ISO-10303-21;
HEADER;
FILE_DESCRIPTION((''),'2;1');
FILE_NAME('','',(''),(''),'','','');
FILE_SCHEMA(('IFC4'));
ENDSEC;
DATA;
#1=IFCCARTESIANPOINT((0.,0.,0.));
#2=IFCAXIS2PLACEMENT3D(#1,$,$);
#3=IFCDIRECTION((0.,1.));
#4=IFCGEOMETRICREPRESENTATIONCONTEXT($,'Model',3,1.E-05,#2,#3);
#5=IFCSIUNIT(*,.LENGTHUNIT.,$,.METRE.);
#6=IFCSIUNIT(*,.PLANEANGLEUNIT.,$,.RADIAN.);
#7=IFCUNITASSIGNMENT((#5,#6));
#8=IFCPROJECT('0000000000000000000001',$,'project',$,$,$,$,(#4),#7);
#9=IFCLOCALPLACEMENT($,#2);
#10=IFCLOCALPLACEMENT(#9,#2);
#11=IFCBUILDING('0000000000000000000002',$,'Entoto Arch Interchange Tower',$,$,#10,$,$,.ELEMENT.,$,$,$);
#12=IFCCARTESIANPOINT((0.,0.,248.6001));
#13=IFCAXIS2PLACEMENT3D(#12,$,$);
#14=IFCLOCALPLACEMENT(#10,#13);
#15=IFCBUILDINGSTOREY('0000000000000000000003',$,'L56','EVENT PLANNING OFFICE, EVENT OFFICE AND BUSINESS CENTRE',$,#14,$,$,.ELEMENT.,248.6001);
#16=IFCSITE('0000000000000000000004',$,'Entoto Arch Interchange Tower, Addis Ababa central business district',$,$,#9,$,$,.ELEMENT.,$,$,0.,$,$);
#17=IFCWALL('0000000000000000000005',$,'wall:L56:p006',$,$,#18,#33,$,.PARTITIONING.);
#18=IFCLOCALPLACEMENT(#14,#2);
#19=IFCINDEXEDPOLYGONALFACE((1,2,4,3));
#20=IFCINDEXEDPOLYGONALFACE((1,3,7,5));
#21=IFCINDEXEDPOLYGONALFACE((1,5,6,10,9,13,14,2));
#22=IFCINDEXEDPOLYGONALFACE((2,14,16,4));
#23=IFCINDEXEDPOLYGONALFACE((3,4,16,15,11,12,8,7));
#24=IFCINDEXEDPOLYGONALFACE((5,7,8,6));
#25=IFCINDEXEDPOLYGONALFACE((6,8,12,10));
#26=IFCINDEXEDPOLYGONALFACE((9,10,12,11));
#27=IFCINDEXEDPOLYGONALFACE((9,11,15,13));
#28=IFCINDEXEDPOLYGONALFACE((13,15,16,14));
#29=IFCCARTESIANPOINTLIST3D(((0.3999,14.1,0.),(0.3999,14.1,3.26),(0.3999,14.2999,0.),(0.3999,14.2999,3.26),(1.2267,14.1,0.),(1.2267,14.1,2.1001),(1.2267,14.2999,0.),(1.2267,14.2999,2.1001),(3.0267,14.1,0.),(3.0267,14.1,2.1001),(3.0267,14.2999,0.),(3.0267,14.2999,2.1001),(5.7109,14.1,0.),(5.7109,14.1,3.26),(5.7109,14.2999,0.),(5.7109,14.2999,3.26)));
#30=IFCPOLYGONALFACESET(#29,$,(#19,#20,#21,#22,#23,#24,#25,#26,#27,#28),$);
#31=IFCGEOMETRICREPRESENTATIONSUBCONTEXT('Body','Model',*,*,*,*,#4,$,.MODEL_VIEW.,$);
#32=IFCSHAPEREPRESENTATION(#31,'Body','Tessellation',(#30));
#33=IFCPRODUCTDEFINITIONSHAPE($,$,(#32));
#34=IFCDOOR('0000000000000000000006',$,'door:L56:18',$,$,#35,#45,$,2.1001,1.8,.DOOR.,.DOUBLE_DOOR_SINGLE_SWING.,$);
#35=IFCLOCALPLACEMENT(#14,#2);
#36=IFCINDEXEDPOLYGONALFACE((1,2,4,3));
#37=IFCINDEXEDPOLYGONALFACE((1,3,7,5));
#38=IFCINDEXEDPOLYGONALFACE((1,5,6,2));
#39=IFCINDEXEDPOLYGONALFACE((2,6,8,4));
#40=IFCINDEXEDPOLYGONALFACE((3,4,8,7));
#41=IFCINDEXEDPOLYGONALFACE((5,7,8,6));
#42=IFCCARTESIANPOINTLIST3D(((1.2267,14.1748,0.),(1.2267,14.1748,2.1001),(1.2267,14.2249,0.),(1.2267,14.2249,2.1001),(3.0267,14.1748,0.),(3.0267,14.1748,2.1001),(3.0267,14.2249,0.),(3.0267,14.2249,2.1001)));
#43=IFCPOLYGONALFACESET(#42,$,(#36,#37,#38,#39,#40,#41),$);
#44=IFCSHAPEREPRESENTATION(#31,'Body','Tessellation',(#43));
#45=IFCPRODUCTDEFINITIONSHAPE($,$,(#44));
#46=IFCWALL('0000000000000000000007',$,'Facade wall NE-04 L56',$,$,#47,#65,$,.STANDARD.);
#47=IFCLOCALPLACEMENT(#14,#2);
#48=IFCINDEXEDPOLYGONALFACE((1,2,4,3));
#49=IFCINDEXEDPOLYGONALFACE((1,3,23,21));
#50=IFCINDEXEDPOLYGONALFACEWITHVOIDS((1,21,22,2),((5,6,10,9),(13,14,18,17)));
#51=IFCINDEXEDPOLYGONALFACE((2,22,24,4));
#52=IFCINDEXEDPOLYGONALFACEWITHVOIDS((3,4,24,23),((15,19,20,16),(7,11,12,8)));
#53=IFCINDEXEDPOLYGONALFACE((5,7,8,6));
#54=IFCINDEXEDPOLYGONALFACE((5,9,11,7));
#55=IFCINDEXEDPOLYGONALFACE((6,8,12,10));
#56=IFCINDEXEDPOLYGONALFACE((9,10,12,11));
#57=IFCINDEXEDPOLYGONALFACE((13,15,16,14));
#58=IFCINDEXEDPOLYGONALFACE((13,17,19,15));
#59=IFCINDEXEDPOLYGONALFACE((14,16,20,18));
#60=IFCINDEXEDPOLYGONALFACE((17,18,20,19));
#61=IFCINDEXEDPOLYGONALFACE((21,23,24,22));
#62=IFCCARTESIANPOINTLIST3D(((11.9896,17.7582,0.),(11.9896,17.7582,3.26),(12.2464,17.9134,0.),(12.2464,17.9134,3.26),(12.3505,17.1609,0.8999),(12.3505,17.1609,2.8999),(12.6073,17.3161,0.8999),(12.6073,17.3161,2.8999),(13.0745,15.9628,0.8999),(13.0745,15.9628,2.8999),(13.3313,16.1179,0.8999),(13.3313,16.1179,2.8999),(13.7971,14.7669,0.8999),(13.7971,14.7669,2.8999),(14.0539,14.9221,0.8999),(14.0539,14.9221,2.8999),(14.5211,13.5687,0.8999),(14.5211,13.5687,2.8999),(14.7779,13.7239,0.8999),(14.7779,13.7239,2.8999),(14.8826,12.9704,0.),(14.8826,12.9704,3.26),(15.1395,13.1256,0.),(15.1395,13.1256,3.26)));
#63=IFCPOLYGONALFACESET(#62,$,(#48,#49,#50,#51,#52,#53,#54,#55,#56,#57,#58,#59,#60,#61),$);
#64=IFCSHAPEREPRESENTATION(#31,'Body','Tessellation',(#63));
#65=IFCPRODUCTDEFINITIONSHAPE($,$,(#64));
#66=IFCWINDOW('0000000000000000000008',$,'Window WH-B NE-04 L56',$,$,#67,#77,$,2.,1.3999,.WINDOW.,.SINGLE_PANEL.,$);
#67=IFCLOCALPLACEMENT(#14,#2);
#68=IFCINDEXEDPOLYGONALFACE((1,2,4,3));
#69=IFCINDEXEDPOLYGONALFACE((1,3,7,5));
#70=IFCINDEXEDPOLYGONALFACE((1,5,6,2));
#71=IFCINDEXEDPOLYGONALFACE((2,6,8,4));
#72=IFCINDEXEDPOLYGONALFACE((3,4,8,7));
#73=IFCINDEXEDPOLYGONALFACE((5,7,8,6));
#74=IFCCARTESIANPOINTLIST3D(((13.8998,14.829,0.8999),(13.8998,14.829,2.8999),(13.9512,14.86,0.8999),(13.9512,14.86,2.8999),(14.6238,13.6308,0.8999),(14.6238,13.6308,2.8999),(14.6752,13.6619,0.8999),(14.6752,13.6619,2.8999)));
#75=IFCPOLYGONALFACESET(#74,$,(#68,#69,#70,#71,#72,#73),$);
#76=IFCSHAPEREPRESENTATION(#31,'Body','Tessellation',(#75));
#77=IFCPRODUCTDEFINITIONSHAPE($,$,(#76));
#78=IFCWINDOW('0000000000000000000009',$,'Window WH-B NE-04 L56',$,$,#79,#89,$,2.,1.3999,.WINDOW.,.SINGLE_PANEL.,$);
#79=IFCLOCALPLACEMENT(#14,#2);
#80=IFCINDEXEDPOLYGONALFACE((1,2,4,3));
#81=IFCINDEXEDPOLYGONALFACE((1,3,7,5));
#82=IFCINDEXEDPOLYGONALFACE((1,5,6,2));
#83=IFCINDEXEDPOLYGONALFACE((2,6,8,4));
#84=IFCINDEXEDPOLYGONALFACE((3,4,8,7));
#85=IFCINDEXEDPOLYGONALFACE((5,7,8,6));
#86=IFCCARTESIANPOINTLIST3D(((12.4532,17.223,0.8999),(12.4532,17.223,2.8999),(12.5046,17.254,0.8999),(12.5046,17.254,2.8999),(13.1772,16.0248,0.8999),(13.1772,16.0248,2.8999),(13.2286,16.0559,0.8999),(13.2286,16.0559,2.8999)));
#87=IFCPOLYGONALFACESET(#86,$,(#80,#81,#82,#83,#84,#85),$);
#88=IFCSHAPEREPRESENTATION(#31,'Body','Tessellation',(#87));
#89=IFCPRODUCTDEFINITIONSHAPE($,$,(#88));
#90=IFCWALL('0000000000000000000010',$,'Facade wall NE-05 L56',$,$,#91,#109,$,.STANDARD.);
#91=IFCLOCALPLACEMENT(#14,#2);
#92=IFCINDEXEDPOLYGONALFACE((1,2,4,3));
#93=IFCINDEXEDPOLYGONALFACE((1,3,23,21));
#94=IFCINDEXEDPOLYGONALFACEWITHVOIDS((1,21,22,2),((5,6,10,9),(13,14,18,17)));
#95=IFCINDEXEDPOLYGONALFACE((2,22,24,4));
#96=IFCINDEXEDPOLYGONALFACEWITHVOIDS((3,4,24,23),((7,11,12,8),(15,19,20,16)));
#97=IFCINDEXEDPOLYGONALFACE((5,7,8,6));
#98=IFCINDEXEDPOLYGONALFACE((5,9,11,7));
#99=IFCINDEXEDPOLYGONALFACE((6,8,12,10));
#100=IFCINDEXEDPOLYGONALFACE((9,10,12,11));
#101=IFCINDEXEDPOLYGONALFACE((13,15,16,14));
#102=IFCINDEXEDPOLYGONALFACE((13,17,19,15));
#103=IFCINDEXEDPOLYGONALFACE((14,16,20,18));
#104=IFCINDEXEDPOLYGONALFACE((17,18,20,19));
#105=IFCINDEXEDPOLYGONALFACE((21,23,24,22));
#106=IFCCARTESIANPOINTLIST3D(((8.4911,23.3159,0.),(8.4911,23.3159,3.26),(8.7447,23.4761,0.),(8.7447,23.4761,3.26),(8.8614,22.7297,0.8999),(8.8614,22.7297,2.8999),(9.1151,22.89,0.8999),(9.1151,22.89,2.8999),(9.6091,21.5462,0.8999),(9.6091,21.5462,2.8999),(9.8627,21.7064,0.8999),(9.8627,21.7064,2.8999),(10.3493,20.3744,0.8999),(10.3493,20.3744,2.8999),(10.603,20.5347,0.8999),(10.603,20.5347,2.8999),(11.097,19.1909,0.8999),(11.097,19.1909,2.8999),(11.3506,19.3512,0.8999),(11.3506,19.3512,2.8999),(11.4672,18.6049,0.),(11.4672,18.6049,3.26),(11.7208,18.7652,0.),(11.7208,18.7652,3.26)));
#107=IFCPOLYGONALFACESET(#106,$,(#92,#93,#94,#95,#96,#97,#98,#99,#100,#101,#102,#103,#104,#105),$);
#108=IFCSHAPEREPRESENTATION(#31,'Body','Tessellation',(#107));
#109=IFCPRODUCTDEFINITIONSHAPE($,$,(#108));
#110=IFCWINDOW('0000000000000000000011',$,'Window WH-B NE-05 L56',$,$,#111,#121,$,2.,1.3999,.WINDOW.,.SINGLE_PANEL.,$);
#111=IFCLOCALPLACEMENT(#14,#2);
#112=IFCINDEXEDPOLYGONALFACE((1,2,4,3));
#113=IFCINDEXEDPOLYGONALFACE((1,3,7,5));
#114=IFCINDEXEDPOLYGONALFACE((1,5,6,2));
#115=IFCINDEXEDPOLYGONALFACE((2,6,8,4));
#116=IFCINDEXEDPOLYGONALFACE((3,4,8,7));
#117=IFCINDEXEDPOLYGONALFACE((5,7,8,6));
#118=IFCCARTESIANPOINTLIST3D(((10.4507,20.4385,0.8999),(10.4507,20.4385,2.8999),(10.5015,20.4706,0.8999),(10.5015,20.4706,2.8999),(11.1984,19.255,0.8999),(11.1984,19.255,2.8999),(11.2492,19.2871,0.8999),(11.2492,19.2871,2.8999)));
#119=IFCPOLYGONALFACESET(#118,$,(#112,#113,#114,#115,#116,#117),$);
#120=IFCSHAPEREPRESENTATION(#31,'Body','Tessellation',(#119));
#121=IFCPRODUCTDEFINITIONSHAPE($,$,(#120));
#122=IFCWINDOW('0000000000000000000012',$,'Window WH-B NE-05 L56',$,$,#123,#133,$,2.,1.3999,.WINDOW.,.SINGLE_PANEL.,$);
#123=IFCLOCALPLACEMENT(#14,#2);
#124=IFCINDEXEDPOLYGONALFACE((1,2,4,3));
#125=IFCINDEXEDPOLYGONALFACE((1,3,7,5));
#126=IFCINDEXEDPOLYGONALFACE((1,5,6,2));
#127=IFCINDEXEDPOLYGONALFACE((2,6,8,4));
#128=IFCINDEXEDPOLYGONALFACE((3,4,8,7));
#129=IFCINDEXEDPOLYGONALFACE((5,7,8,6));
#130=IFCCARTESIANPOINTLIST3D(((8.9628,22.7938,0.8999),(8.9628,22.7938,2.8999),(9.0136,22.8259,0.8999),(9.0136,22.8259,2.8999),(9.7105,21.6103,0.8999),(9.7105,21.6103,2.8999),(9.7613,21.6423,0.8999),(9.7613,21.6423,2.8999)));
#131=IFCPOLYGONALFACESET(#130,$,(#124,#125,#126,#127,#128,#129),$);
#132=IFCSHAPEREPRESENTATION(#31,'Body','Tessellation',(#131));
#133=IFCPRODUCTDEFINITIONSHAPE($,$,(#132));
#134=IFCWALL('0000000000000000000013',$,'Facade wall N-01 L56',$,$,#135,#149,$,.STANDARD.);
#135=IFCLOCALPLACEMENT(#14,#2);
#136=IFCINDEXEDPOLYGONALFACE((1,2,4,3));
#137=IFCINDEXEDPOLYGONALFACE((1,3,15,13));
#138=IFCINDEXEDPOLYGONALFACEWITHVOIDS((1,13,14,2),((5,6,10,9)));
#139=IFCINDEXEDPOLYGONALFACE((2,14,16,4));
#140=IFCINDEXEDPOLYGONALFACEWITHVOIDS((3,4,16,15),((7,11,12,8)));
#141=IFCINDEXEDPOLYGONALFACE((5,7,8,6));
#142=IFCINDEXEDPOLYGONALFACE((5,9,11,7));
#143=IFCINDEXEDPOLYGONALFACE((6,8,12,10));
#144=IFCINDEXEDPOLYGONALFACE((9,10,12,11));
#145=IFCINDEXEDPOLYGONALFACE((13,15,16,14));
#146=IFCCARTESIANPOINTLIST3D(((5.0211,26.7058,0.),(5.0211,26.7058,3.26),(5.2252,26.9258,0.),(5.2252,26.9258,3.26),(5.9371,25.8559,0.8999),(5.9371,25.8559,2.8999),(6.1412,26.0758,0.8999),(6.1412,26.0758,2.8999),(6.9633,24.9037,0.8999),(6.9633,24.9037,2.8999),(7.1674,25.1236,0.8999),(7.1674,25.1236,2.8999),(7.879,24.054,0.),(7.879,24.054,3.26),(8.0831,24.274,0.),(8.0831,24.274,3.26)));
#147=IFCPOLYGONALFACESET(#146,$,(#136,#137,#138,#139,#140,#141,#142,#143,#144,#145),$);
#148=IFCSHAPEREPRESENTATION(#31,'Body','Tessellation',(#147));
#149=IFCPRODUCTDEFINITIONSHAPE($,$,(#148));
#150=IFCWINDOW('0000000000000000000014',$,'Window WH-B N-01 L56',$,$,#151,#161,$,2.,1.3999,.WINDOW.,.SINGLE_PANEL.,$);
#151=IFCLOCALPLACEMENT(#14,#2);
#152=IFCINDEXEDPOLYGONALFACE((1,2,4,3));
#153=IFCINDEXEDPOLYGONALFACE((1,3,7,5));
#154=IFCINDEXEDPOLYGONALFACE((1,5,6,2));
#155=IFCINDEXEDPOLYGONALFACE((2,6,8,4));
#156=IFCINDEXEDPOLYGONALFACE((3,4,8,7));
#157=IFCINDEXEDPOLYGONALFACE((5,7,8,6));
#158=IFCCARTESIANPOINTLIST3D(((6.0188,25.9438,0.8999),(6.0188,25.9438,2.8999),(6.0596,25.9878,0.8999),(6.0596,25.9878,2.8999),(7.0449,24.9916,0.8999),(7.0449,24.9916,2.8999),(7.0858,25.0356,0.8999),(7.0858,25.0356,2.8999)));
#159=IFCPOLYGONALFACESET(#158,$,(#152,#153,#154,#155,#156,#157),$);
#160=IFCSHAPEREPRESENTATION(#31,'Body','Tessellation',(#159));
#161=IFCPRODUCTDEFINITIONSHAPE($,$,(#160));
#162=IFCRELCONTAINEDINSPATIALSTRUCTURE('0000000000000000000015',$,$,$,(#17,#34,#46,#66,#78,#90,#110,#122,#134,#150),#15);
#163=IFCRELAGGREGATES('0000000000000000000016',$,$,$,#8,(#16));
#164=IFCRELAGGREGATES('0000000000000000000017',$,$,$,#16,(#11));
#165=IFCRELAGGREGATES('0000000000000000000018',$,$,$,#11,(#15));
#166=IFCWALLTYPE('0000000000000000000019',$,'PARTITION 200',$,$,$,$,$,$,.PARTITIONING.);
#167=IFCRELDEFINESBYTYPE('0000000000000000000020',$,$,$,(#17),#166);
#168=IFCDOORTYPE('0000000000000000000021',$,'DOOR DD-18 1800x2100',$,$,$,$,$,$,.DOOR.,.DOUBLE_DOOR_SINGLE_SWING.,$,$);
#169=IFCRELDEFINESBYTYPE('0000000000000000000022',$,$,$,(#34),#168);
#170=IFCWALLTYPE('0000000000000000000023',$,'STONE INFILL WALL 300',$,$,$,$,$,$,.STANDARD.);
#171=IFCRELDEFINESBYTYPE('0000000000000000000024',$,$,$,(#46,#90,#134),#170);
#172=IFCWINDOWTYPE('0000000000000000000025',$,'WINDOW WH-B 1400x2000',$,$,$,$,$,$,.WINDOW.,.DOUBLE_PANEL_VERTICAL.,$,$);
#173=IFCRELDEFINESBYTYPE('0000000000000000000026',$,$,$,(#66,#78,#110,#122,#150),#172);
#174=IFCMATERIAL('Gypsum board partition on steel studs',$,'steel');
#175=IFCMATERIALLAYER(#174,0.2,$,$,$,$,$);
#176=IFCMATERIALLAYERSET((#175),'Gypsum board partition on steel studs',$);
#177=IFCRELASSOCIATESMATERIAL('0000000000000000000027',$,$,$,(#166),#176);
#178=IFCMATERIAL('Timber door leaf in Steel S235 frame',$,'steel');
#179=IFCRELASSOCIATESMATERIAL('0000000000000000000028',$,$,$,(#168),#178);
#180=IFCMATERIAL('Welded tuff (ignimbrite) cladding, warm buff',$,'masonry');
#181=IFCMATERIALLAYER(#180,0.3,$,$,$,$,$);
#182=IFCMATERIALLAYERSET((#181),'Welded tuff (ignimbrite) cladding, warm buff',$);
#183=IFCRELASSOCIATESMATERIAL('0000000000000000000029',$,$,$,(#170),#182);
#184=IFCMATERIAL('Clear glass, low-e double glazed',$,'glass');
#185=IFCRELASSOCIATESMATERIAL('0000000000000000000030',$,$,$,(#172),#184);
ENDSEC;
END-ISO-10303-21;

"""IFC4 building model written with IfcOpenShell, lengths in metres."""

from ifc_helpers import new_model, si_unit, direction, frame, frame_2d, origin, place, context, subcontext, project, spatial, rectangle, extrude, material, layer, layer_set, type_object, element, fill, save


model = new_model("IFC4")

# Units and contexts
model_context = context("Model", 3, precision=1e-05, world=origin(), true_north=direction((0.0, 1.0)))
body_context = subcontext(model_context, "Body", "Model", "MODEL_VIEW")
ifc_project = project(units=[si_unit("LENGTHUNIT", "METRE"), si_unit("PLANEANGLEUNIT", "RADIAN")], contexts=[model_context])

# Site, building, storey
site_placement = place(None, origin())
site = spatial("IfcSite", under=ifc_project, at=site_placement, Name="Entoto Arch Interchange Tower, Addis Ababa central business district", CompositionType="ELEMENT", RefElevation=0.0)
building_placement = place(site_placement, origin())
building = spatial("IfcBuilding", under=site, at=building_placement, Name="Entoto Arch Interchange Tower", CompositionType="ELEMENT")
storey_placement = place(building_placement, frame((0.0, 0.0, 248.6001)))
storey = spatial("IfcBuildingStorey", under=building, at=storey_placement, Name="L56", Description="EVENT PLANNING OFFICE, EVENT OFFICE AND BUSINESS CENTRE", CompositionType="ELEMENT", Elevation=248.6001)

# Shared definitions
ifc_material_1 = material(Name="Gypsum board partition on steel studs", Category="steel")
ifc_layer_1 = layer(ifc_material_1, 0.2)
ifc_layer_set_1 = layer_set([ifc_layer_1], Name="Gypsum board partition on steel studs")
wall_type_1 = type_object("IfcWallType", Name="PARTITION 200", PredefinedType="PARTITIONING", material=ifc_layer_set_1)

# Shared definitions
ifc_material_2 = material(Name="Timber door leaf in Steel S235 frame", Category="steel")

# Wall, opening, door
wall_1_placement = place(storey_placement, frame((0.3999, 14.2, 0.0), z_axis=(0.0, 0.0, 1.0), x_axis=(1.0, 0.0, 0.0)))
wall_1 = element("IfcWall", 1, at=wall_1_placement, inside=storey, type_object=wall_type_1, Name="wall:L56:p006", PredefinedType="PARTITIONING", context=body_context, shape_type="SweptSolid", body=[
    extrude(rectangle(XDim=5.311, YDim=0.2, at=frame_2d((2.6555, 0.0))), origin(), (0.0, 0.0, 1.0), 3.26),
])
opening_1_placement = place(wall_1_placement, frame((0.8269, 0.0, 0.0)))
opening_1 = element("IfcOpeningElement", 2, at=opening_1_placement, cuts=wall_1, PredefinedType="OPENING", context=body_context, shape_type="SweptSolid", body=[
    extrude(rectangle(XDim=1.8, YDim=2.1001, at=frame_2d((0.8999, 1.05))), frame((0.0, 0.1099, 0.0), z_axis=(0.0, -1.0, 0.0), x_axis=(1.0, 0.0, 0.0)), (0.0, 0.0, 1.0), 0.22),
])
door_type_1 = type_object("IfcDoorType", Name="DOOR DD-18 1800x2100", OperationType="DOUBLE_DOOR_SINGLE_SWING", PredefinedType="DOOR", material=ifc_material_2)
door_1_placement = place(opening_1_placement, origin())
door_1 = element("IfcDoor", 3, at=door_1_placement, inside=storey, type_object=door_type_1, Name="door:L56:18", OperationType="DOUBLE_DOOR_SINGLE_SWING", OverallHeight=2.1001, OverallWidth=1.8, PredefinedType="DOOR", context=body_context, shape_type="SweptSolid", body=[
    extrude(rectangle(XDim=1.8, YDim=2.1001, at=frame_2d((0.8999, 1.05))), frame((0.0, 0.0249, 0.0), z_axis=(0.0, -1.0, 0.0), x_axis=(1.0, 0.0, 0.0)), (0.0, 0.0, 1.0), 0.05),
])
fill(opening_1, door_1)

# Walls, openings, windows
ifc_material_3 = material(Name="Welded tuff (ignimbrite) cladding, warm buff", Category="masonry")
ifc_layer_2 = layer(ifc_material_3, 0.3)
ifc_layer_set_2 = layer_set([ifc_layer_2], Name="Welded tuff (ignimbrite) cladding, warm buff")
wall_type_2 = type_object("IfcWallType", Name="STONE INFILL WALL 300", PredefinedType="STANDARD", material=ifc_layer_set_2)
wall_2_placement = place(storey_placement, frame((15.011, 13.0481, 0.0), z_axis=(0.0, 0.0, 1.0), x_axis=(-0.51717, 0.855883, 0.0)))
wall_2 = element("IfcWall", 4, at=wall_2_placement, inside=storey, type_object=wall_type_2, Name="Facade wall NE-04 L56", PredefinedType="STANDARD", context=body_context, shape_type="SweptSolid", body=[
    extrude(rectangle(XDim=5.594, YDim=0.3, at=frame_2d((2.7969, 0.0))), origin(), (0.0, 0.0, 1.0), 3.26),
])
opening_2_placement = place(wall_2_placement, frame((0.699, 0.0, 0.8999)))
opening_2 = element("IfcOpeningElement", 5, at=opening_2_placement, cuts=wall_2, PredefinedType="OPENING", context=body_context, shape_type="SweptSolid", body=[
    extrude(rectangle(XDim=1.3999, YDim=2.0, at=frame_2d((0.7, 1.0))), frame((0.0, 0.1602, 0.0), z_axis=(0.0, -1.0, 0.0), x_axis=(1.0, 0.0, 0.0)), (0.0, 0.0, 1.0), 0.3201),
])
opening_3_placement = place(wall_2_placement, frame((3.4961, 0.0, 0.8999)))
opening_3 = element("IfcOpeningElement", 6, at=opening_3_placement, cuts=wall_2, PredefinedType="OPENING", context=body_context, shape_type="SweptSolid", body=[
    extrude(rectangle(XDim=1.3999, YDim=2.0, at=frame_2d((0.7, 1.0))), frame((0.0, 0.1602, 0.0), z_axis=(0.0, -1.0, 0.0), x_axis=(1.0, 0.0, 0.0)), (0.0, 0.0, 1.0), 0.3201),
])
ifc_material_4 = material(Name="Clear glass, low-e double glazed", Category="glass")
window_type = type_object("IfcWindowType", Name="WINDOW WH-B 1400x2000", PartitioningType="DOUBLE_PANEL_VERTICAL", PredefinedType="WINDOW", material=ifc_material_4)
window_1_placement = place(opening_2_placement, origin())
window_1 = element("IfcWindow", 7, at=window_1_placement, inside=storey, type_object=window_type, Name="Window WH-B NE-04 L56", OverallHeight=2.0, OverallWidth=1.3999, PartitioningType="SINGLE_PANEL", PredefinedType="WINDOW", context=body_context, shape_type="SweptSolid", body=[
    extrude(rectangle(XDim=1.3999, YDim=2.0, at=frame_2d((0.7, 1.0))), frame((0.0, 0.03, 0.0), z_axis=(0.0, -1.0, 0.0), x_axis=(1.0, 0.0, 0.0)), (0.0, 0.0, 1.0), 0.0601),
])
fill(opening_2, window_1)
window_2_placement = place(opening_3_placement, origin())
window_2 = element("IfcWindow", 8, at=window_2_placement, inside=storey, type_object=window_type, Name="Window WH-B NE-04 L56", OverallHeight=2.0, OverallWidth=1.3999, PartitioningType="SINGLE_PANEL", PredefinedType="WINDOW", context=body_context, shape_type="SweptSolid", body=[
    extrude(rectangle(XDim=1.3999, YDim=2.0, at=frame_2d((0.7, 1.0))), frame((0.0, 0.03, 0.0), z_axis=(0.0, -1.0, 0.0), x_axis=(1.0, 0.0, 0.0)), (0.0, 0.0, 1.0), 0.0601),
])
fill(opening_3, window_2)
wall_3_placement = place(storey_placement, frame((11.594, 18.6851, 0.0), z_axis=(0.0, 0.0, 1.0), x_axis=(-0.534089, 0.845429, 0.0)))
wall_3 = element("IfcWall", 9, at=wall_3_placement, inside=storey, type_object=wall_type_2, Name="Facade wall NE-05 L56", PredefinedType="STANDARD", context=body_context, shape_type="SweptSolid", body=[
    extrude(rectangle(XDim=5.5723, YDim=0.3, at=frame_2d((2.7861, 0.0))), origin(), (0.0, 0.0, 1.0), 3.26),
])
opening_4_placement = place(wall_3_placement, frame((0.6931, 0.0, 0.8999)))
opening_4 = element("IfcOpeningElement", 10, at=opening_4_placement, cuts=wall_3, PredefinedType="OPENING", context=body_context, shape_type="SweptSolid", body=[
    extrude(rectangle(XDim=1.3999, YDim=2.0, at=frame_2d((0.7, 1.0))), frame((0.0, 0.1602, 0.0), z_axis=(0.0, -1.0, 0.0), x_axis=(1.0, 0.0, 0.0)), (0.0, 0.0, 1.0), 0.3201),
])
opening_5_placement = place(wall_3_placement, frame((3.479, 0.0, 0.8999)))
opening_5 = element("IfcOpeningElement", 11, at=opening_5_placement, cuts=wall_3, PredefinedType="OPENING", context=body_context, shape_type="SweptSolid", body=[
    extrude(rectangle(XDim=1.3999, YDim=2.0, at=frame_2d((0.7, 1.0))), frame((0.0, 0.1602, 0.0), z_axis=(0.0, -1.0, 0.0), x_axis=(1.0, 0.0, 0.0)), (0.0, 0.0, 1.0), 0.3201),
])
window_3_placement = place(opening_4_placement, origin())
window_3 = element("IfcWindow", 12, at=window_3_placement, inside=storey, type_object=window_type, Name="Window WH-B NE-05 L56", OverallHeight=2.0, OverallWidth=1.3999, PartitioningType="SINGLE_PANEL", PredefinedType="WINDOW", context=body_context, shape_type="SweptSolid", body=[
    extrude(rectangle(XDim=1.3999, YDim=2.0, at=frame_2d((0.7, 1.0))), frame((0.0, 0.03, 0.0), z_axis=(0.0, -1.0, 0.0), x_axis=(1.0, 0.0, 0.0)), (0.0, 0.0, 1.0), 0.0601),
])
fill(opening_4, window_3)
window_4_placement = place(opening_5_placement, origin())
window_4 = element("IfcWindow", 13, at=window_4_placement, inside=storey, type_object=window_type, Name="Window WH-B NE-05 L56", OverallHeight=2.0, OverallWidth=1.3999, PartitioningType="SINGLE_PANEL", PredefinedType="WINDOW", context=body_context, shape_type="SweptSolid", body=[
    extrude(rectangle(XDim=1.3999, YDim=2.0, at=frame_2d((0.7, 1.0))), frame((0.0, 0.03, 0.0), z_axis=(0.0, -1.0, 0.0), x_axis=(1.0, 0.0, 0.0)), (0.0, 0.0, 1.0), 0.0601),
])
fill(opening_5, window_4)

# Wall, opening, window
wall_4_placement = place(storey_placement, frame((7.981, 24.1641, 0.0), z_axis=(0.0, 0.0, 1.0), x_axis=(-0.733039, 0.680187, 0.0)))
wall_4 = element("IfcWall", 14, at=wall_4_placement, inside=storey, type_object=wall_type_2, Name="Facade wall N-01 L56", PredefinedType="STANDARD", context=body_context, shape_type="SweptSolid", body=[
    extrude(rectangle(XDim=3.8987, YDim=0.3, at=frame_2d((1.9492, 0.0))), origin(), (0.0, 0.0, 1.0), 3.26),
])
opening_6_placement = place(wall_4_placement, frame((1.249, 0.0, 0.8999)))
opening_6 = element("IfcOpeningElement", 15, at=opening_6_placement, cuts=wall_4, PredefinedType="OPENING", context=body_context, shape_type="SweptSolid", body=[
    extrude(rectangle(XDim=1.3999, YDim=2.0, at=frame_2d((0.7, 1.0))), frame((0.0, 0.1602, 0.0), z_axis=(0.0, -1.0, 0.0), x_axis=(1.0, 0.0, 0.0)), (0.0, 0.0, 1.0), 0.3201),
])
window_5_placement = place(opening_6_placement, origin())
window_5 = element("IfcWindow", 16, at=window_5_placement, inside=storey, type_object=window_type, Name="Window WH-B N-01 L56", OverallHeight=2.0, OverallWidth=1.3999, PartitioningType="SINGLE_PANEL", PredefinedType="WINDOW", context=body_context, shape_type="SweptSolid", body=[
    extrude(rectangle(XDim=1.3999, YDim=2.0, at=frame_2d((0.7, 1.0))), frame((0.0, 0.03, 0.0), z_axis=(0.0, -1.0, 0.0), x_axis=(1.0, 0.0, 0.0)), (0.0, 0.0, 1.0), 0.0601),
])
fill(opening_6, window_5)

save(model, "model.ifc")
